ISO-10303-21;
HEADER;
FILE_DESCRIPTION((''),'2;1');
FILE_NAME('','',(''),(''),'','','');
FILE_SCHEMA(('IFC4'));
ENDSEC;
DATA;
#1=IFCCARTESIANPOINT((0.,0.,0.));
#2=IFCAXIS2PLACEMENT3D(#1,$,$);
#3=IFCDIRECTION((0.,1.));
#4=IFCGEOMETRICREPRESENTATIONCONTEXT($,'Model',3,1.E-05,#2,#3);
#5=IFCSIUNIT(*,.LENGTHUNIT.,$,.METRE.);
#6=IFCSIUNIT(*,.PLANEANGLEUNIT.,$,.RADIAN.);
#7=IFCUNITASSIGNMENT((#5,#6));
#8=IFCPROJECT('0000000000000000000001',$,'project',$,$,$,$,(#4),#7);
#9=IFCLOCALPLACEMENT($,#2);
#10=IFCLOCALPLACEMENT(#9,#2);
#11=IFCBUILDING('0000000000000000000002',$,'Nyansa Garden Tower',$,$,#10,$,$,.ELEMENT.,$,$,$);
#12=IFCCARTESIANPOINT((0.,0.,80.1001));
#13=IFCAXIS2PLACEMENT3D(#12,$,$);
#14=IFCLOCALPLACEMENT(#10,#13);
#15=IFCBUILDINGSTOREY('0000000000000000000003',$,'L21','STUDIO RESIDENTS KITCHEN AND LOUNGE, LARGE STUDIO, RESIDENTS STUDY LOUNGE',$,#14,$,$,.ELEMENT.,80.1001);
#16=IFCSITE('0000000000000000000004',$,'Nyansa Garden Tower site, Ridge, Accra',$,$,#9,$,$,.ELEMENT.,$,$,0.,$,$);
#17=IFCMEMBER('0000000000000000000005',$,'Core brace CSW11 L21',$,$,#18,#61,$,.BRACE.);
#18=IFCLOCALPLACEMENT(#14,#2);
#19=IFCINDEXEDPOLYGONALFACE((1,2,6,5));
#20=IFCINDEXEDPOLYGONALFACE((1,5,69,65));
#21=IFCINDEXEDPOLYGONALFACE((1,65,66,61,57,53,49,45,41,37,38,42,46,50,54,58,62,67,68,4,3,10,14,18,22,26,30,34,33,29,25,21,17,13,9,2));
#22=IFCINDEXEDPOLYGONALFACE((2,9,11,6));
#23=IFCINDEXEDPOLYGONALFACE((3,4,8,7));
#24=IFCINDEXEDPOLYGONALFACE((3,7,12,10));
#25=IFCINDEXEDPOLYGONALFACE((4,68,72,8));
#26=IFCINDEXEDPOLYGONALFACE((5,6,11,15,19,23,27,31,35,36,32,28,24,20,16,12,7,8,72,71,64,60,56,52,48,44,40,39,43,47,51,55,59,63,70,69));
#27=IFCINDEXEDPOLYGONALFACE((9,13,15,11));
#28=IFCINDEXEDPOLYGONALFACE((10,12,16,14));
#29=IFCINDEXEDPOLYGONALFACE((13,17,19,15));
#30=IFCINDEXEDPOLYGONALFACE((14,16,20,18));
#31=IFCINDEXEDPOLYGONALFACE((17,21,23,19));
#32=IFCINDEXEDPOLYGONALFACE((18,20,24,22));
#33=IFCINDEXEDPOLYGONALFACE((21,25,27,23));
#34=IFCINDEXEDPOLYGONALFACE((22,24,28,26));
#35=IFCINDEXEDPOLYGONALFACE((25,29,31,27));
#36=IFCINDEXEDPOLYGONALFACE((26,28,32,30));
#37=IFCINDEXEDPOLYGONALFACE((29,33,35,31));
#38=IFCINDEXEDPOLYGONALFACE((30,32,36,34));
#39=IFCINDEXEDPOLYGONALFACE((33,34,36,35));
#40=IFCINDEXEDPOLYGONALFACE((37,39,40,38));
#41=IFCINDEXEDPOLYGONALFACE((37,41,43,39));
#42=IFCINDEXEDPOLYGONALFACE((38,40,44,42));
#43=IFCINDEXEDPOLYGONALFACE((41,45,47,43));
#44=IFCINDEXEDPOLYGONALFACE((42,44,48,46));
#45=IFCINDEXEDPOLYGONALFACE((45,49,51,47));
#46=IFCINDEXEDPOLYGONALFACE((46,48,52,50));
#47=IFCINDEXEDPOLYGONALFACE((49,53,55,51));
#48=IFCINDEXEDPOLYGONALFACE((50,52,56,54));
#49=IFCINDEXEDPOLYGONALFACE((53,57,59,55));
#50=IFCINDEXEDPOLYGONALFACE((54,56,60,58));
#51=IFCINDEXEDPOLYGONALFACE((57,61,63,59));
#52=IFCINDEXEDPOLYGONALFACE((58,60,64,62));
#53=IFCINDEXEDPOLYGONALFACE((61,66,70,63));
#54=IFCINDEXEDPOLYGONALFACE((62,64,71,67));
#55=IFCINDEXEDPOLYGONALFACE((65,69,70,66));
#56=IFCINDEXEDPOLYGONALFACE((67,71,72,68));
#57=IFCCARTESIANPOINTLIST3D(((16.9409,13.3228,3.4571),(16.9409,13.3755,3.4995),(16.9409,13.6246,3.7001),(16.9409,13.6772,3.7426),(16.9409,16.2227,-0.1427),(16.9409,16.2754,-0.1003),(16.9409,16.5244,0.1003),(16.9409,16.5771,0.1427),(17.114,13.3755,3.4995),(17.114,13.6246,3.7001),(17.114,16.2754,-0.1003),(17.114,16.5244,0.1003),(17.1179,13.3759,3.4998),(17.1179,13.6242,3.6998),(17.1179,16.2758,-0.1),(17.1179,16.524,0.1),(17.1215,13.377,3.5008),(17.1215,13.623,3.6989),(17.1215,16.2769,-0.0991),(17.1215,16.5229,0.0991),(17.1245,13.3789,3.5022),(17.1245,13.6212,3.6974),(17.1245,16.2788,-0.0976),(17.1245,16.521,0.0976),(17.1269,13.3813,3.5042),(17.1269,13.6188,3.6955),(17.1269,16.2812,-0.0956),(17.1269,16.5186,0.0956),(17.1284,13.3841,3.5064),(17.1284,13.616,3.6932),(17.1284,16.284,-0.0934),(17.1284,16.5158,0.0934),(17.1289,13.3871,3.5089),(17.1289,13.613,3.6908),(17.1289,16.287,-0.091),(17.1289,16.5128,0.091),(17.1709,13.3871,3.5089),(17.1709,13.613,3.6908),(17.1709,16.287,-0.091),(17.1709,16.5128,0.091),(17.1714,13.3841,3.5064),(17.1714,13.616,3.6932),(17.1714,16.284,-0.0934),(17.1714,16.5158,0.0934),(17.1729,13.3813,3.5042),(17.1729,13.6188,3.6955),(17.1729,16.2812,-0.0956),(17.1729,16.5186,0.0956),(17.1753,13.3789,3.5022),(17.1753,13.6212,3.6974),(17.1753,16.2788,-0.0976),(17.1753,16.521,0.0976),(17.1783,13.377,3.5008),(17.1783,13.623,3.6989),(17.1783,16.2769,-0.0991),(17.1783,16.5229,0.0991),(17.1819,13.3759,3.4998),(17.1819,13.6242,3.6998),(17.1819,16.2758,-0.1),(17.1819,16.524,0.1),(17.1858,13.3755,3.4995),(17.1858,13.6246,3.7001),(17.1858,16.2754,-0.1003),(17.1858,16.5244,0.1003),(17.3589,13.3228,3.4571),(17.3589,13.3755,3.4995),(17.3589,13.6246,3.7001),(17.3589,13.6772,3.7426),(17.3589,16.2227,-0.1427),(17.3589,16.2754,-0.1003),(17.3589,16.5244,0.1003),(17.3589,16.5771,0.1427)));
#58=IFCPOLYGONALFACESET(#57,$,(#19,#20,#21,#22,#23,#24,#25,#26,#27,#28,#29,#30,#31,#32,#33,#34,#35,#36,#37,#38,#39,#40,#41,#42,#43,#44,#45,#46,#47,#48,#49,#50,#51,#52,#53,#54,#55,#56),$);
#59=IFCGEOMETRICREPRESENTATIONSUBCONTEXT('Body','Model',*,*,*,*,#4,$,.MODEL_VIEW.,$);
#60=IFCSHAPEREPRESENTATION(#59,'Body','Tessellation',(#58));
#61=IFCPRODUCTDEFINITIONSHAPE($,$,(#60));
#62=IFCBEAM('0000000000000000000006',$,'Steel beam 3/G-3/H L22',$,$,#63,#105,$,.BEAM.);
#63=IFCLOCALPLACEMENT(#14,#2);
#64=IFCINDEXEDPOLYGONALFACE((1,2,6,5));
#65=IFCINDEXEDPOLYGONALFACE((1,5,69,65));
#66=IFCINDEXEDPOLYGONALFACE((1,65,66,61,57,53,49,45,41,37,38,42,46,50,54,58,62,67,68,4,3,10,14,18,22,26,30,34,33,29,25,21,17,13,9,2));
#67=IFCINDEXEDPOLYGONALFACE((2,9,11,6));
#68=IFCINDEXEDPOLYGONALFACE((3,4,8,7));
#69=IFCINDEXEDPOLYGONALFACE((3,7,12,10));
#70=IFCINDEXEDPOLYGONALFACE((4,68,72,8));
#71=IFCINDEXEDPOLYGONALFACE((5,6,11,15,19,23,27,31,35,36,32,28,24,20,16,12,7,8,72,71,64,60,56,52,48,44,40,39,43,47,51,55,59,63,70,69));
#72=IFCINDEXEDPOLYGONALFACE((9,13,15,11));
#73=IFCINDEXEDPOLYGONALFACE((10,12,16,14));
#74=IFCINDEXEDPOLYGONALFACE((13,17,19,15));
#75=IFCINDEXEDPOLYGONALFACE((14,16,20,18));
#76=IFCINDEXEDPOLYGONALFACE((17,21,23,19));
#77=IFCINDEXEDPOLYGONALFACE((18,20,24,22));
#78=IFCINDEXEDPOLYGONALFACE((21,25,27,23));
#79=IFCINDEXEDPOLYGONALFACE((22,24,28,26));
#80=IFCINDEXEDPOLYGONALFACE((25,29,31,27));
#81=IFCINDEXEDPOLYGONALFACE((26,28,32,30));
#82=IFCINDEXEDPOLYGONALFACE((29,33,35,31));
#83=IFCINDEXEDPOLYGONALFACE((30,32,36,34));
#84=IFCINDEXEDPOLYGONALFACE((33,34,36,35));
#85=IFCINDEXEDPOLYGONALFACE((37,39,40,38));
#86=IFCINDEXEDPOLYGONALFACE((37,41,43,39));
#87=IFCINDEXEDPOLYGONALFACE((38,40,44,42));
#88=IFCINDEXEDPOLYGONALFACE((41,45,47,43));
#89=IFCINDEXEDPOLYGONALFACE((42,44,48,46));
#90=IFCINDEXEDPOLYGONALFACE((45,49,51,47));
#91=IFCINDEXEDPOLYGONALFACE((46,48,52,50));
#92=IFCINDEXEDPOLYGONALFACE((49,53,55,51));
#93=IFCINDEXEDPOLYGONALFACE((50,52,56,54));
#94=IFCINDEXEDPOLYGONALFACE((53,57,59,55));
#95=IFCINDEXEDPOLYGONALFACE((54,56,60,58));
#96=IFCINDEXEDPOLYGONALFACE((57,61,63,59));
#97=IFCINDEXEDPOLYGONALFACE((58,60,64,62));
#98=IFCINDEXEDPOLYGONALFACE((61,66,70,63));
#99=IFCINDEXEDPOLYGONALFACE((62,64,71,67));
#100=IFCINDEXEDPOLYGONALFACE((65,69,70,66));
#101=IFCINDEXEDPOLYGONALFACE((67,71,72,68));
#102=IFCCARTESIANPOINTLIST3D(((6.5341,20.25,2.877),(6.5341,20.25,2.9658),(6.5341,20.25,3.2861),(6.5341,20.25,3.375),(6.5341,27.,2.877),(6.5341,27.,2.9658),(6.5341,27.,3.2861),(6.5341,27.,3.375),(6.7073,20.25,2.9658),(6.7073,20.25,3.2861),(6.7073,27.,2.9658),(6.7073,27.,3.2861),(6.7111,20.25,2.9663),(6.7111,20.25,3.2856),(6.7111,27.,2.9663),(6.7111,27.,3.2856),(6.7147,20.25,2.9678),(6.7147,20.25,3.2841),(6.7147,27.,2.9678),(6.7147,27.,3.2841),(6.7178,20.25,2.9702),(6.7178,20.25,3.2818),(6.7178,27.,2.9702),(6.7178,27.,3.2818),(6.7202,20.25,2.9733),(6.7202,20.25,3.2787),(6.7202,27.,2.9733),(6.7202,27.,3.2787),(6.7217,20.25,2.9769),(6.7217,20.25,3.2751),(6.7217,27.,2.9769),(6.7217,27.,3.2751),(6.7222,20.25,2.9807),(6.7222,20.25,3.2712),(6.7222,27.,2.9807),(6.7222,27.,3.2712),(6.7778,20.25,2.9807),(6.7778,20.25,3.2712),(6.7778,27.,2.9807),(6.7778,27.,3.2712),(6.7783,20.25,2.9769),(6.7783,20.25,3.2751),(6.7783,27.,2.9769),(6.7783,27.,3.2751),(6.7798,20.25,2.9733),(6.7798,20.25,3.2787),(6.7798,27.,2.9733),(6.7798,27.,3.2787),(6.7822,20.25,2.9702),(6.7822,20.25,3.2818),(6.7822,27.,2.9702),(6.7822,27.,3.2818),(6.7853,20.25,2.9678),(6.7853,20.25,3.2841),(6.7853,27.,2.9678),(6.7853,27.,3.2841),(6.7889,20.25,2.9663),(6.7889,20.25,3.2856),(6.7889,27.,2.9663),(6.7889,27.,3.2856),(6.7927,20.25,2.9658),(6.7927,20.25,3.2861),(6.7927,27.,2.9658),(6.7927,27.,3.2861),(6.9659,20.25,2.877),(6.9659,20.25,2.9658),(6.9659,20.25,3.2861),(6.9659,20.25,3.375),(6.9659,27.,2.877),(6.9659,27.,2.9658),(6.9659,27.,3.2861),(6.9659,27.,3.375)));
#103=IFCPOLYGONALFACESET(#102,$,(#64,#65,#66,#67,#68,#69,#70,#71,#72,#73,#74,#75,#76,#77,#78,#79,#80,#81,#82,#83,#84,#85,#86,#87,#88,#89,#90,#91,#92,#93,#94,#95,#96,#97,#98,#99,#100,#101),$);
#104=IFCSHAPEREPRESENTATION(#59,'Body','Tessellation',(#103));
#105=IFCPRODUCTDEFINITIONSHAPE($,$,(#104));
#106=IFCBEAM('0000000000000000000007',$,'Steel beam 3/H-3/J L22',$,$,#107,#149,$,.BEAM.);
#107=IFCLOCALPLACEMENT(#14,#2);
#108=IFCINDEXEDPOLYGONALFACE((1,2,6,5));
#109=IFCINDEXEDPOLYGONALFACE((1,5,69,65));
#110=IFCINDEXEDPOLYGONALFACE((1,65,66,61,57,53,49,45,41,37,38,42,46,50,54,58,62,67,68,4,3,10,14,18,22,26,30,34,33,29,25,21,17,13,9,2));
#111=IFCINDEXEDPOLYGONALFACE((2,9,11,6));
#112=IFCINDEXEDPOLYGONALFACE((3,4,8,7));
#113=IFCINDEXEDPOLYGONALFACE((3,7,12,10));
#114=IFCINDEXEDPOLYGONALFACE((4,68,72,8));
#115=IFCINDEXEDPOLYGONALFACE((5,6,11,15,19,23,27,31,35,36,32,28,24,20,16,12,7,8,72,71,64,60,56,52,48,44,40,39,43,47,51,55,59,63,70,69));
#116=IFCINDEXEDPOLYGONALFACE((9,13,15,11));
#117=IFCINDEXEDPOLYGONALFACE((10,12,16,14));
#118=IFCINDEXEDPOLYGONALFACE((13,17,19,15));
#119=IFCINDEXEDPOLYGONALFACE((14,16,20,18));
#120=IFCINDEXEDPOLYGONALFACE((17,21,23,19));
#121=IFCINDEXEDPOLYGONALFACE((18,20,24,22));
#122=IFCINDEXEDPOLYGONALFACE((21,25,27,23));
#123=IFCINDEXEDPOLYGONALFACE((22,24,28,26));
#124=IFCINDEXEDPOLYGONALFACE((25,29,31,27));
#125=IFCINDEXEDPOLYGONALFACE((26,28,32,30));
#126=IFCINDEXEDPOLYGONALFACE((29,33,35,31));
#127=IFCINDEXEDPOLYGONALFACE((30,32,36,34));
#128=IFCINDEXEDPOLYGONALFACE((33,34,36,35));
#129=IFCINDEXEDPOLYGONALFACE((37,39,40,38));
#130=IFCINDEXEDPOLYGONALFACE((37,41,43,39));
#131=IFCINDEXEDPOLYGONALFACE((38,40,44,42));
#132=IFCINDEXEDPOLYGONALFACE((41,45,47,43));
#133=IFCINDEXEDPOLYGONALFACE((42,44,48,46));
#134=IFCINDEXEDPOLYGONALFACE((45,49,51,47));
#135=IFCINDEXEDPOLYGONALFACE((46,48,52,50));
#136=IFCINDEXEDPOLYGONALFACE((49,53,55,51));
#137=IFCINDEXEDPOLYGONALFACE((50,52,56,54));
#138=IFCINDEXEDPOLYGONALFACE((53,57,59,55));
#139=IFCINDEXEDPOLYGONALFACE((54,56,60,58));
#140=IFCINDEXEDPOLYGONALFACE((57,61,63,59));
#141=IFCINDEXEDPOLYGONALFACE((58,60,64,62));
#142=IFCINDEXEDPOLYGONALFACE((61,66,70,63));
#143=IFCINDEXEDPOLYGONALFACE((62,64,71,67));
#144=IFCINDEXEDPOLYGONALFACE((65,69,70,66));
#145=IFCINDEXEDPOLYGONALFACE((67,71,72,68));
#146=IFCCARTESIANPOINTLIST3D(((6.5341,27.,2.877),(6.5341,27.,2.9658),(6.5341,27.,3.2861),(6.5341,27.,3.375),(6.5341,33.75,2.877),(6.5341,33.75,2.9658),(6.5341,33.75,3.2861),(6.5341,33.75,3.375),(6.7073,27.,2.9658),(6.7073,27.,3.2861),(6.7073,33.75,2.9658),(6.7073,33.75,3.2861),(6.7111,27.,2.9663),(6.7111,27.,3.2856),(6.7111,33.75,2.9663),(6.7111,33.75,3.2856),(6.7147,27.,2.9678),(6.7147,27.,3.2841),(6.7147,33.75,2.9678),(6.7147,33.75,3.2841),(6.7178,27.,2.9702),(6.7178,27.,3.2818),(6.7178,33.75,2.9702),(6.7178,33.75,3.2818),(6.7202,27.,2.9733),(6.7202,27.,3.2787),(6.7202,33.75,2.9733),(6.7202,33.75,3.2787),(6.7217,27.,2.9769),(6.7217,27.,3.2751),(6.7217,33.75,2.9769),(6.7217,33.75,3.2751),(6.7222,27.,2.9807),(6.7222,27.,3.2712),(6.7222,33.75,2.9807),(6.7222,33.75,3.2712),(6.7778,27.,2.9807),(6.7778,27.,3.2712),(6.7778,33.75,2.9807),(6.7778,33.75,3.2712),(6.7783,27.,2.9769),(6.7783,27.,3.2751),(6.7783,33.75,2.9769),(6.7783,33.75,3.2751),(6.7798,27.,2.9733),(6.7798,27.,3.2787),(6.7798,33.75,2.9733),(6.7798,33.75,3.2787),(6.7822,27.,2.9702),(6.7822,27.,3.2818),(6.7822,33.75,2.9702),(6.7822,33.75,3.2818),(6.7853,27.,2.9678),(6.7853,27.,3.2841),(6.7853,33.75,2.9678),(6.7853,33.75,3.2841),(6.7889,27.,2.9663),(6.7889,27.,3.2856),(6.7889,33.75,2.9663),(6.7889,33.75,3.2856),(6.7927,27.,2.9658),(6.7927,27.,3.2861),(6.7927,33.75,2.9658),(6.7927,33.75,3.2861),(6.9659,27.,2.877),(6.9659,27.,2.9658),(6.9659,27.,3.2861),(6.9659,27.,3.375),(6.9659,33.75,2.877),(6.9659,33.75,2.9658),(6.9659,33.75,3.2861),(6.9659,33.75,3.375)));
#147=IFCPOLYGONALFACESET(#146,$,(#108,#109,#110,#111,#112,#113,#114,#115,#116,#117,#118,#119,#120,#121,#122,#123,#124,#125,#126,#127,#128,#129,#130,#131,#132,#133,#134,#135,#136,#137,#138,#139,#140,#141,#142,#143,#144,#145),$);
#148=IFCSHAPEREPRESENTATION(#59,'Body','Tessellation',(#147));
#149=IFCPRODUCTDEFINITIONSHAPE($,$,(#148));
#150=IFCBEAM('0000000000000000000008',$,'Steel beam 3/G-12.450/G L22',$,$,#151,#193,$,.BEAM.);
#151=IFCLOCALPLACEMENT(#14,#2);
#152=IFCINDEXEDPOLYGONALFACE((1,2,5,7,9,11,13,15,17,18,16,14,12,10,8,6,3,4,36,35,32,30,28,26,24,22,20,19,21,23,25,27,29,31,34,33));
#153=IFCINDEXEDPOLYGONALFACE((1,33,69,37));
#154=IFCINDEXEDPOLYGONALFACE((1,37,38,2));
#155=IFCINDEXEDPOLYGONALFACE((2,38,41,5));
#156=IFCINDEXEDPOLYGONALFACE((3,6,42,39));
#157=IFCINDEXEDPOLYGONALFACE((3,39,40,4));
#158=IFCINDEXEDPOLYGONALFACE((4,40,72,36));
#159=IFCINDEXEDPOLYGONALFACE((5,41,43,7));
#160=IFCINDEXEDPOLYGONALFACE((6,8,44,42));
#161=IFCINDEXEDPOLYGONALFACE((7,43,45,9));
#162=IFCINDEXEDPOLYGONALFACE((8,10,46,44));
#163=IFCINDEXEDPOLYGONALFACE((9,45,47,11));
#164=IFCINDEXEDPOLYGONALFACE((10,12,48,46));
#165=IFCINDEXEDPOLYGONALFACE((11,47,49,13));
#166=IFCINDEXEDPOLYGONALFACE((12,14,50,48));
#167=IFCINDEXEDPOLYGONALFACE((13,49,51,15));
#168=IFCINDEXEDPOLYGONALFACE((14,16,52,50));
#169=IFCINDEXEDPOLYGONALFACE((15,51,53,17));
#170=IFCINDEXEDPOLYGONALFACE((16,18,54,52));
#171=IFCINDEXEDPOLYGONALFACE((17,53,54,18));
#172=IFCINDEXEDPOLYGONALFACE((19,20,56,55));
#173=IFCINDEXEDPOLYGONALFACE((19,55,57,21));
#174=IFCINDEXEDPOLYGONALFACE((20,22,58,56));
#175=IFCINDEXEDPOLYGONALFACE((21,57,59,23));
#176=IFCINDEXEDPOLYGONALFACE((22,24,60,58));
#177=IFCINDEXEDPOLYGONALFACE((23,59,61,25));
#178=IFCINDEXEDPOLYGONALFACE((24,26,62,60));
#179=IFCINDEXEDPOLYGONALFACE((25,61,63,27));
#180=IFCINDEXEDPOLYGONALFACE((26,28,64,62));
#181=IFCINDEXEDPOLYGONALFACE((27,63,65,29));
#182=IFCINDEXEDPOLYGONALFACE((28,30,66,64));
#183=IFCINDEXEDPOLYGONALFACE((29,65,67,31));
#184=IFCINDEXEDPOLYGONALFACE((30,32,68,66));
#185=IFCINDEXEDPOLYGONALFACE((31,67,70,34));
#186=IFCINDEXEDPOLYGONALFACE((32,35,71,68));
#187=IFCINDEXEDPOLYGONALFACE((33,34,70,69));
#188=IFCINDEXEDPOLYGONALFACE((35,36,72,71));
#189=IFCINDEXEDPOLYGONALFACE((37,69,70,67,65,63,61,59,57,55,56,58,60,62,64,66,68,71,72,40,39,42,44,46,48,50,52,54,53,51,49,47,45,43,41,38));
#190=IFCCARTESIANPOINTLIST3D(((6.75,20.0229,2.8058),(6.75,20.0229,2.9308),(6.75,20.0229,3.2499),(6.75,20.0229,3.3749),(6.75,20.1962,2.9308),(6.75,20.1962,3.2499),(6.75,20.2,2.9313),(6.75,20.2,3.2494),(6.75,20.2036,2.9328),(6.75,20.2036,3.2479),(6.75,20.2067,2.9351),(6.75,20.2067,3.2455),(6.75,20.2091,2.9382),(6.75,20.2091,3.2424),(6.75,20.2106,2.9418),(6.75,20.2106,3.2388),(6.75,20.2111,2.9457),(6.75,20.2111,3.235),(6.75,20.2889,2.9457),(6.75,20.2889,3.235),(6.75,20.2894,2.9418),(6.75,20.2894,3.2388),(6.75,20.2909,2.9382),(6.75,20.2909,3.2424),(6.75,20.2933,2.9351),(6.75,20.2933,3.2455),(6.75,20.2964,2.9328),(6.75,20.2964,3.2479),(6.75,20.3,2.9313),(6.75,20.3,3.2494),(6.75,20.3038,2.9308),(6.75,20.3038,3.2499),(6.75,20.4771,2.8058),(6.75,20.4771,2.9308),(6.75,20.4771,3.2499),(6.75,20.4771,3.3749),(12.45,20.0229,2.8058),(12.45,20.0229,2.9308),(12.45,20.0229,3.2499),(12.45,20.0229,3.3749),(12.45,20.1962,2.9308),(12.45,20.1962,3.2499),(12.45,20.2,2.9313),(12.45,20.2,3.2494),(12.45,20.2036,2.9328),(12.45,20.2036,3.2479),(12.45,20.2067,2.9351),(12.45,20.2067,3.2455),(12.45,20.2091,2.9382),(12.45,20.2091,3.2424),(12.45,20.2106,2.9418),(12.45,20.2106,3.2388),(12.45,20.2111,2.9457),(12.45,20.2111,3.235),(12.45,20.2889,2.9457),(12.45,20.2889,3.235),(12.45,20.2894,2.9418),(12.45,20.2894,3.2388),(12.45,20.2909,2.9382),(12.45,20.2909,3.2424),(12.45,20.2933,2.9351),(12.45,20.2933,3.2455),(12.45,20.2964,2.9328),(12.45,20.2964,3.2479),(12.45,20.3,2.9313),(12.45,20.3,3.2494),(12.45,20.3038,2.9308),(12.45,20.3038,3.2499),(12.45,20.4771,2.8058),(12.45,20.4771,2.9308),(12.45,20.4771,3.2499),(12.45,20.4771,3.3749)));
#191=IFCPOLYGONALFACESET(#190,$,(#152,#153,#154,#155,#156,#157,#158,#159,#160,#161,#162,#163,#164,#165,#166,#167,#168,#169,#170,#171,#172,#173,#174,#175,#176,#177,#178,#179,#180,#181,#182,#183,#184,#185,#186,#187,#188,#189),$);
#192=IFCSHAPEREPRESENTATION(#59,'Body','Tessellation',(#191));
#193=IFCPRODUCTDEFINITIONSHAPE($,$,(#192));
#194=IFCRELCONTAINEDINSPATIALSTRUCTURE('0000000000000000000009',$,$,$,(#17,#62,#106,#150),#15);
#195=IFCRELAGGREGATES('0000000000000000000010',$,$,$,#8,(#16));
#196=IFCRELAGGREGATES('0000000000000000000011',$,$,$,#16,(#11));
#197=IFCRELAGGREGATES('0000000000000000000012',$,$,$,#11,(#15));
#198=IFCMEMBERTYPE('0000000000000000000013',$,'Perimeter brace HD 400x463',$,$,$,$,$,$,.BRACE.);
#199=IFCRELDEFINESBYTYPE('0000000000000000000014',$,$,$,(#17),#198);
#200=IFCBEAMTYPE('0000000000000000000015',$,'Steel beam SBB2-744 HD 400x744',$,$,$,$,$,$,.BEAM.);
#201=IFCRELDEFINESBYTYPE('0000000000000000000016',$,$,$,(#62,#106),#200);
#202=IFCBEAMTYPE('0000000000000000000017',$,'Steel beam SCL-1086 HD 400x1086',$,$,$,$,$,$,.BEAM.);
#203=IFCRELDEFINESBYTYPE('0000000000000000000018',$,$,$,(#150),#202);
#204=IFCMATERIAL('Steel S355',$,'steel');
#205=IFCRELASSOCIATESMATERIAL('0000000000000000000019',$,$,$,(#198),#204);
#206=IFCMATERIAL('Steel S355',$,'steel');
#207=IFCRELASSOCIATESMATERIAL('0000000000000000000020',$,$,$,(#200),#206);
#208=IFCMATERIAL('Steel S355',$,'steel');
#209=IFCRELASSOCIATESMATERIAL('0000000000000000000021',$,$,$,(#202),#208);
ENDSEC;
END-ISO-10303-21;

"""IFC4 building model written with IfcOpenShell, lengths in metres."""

from ifc_helpers import new_model, si_unit, direction, frame, origin, origin_2d, place, context, subcontext, project, spatial, i_section, extrude, material, material_profile, profile_set, type_object, element, save


model = new_model("IFC4")

# Units and contexts
model_context = context("Model", 3, precision=1e-05, world=origin(), true_north=direction((0.0, 1.0)))
body_context = subcontext(model_context, "Body", "Model", "MODEL_VIEW")
ifc_project = project(units=[si_unit("LENGTHUNIT", "METRE"), si_unit("PLANEANGLEUNIT", "RADIAN")], contexts=[model_context])

# Site, building, storey
site_placement = place(None, origin())
site = spatial("IfcSite", under=ifc_project, at=site_placement, Name="Nyansa Garden Tower site, Ridge, Accra", CompositionType="ELEMENT", RefElevation=0.0)
building_placement = place(site_placement, origin())
building = spatial("IfcBuilding", under=site, at=building_placement, Name="Nyansa Garden Tower", CompositionType="ELEMENT")
storey_placement = place(building_placement, frame((0.0, 0.0, 80.1001)))
storey = spatial("IfcBuildingStorey", under=building, at=storey_placement, Name="L21", Description="STUDIO RESIDENTS KITCHEN AND LOUNGE, LARGE STUDIO, RESIDENTS STUDY LOUNGE", CompositionType="ELEMENT", Elevation=80.1001)

# Member
ifc_material_1 = material(Name="Steel S355", Category="steel")
ifc_material_profile_1 = material_profile(ifc_material_1, i_section(OverallWidth=0.418, OverallDepth=0.4551, WebThickness=0.042, FlangeThickness=0.0676, FilletRadius=0.0149, at=origin_2d()), Name="HD 400x463")
ifc_profile_set_1 = profile_set([ifc_material_profile_1], Name="Steel S355")
member_type = type_object("IfcMemberType", Name="Perimeter brace HD 400x463", PredefinedType="BRACE", material=ifc_profile_set_1)
member_1_placement = place(storey_placement, frame((17.1499, 16.3999, 0.0), z_axis=(0.0, -0.627332, 0.778752), x_axis=(1.0, 0.0, 0.0)))
element("IfcMember", 1, at=member_1_placement, inside=storey, type_object=member_type, Name="Core brace CSW11 L21", PredefinedType="BRACE", context=body_context, shape_type="SweptSolid", body=[
    extrude(i_section(OverallWidth=0.418, OverallDepth=0.4551, WebThickness=0.042, FlangeThickness=0.0676, FilletRadius=0.0149, at=origin_2d()), origin(), (0.0, 0.0, 1.0), 4.6226),
])

# Beams
ifc_material_2 = material(Name="Steel S355", Category="steel")
ifc_material_profile_2 = material_profile(ifc_material_2, i_section(OverallWidth=0.4319, OverallDepth=0.498, WebThickness=0.0557, FlangeThickness=0.0889, FilletRadius=0.0149, at=origin_2d()), Name="HD 400x744")
ifc_profile_set_2 = profile_set([ifc_material_profile_2], Name="Steel S355")
beam_type_1 = type_object("IfcBeamType", Name="Steel beam SBB2-744 HD 400x744", PredefinedType="BEAM", material=ifc_profile_set_2)
for number, where, z_axis, x_axis, name in (
    (2, (6.75, 20.25, 3.126), (0.0, 1.0, 0.0), (-1.0, 0.0, 0.0), "Steel beam 3/G-3/H L22"),
    (3, (6.75, 27.0, 3.126), (0.0, 1.0, 0.0), (-1.0, 0.0, 0.0), "Steel beam 3/H-3/J L22"),
):
    element("IfcBeam", number, at=place(storey_placement, frame(where, z_axis=z_axis, x_axis=x_axis)), inside=storey, type_object=beam_type_1, Name=name, PredefinedType="BEAM", context=body_context, shape_type="SweptSolid", body=[
        extrude(i_section(OverallWidth=0.4319, OverallDepth=0.498, WebThickness=0.0557, FlangeThickness=0.0889, FilletRadius=0.0149, at=origin_2d()), origin(), (0.0, 0.0, 1.0), 6.75),
    ])
ifc_material_3 = material(Name="Steel S355", Category="steel")
ifc_material_profile_3 = material_profile(ifc_material_3, i_section(OverallWidth=0.4541, OverallDepth=0.5691, WebThickness=0.0779, FlangeThickness=0.125, FilletRadius=0.0149, at=origin_2d()), Name="HD 400x1086")
ifc_profile_set_3 = profile_set([ifc_material_profile_3], Name="Steel S355")
beam_type_2 = type_object("IfcBeamType", Name="Steel beam SCL-1086 HD 400x1086", PredefinedType="BEAM", material=ifc_profile_set_3)
for number, where, z_axis, x_axis, name in (
    (4, (6.75, 20.25, 3.0903), (1.0, 0.0, 0.0), (0.0, 1.0, 0.0), "Steel beam 3/G-12.450/G L22"),
):
    element("IfcBeam", number, at=place(storey_placement, frame(where, z_axis=z_axis, x_axis=x_axis)), inside=storey, type_object=beam_type_2, Name=name, PredefinedType="BEAM", context=body_context, shape_type="SweptSolid", body=[
        extrude(i_section(OverallWidth=0.4541, OverallDepth=0.5691, WebThickness=0.0779, FlangeThickness=0.125, FilletRadius=0.0149, at=origin_2d()), origin(), (0.0, 0.0, 1.0), 5.7),
    ])

save(model, "model.ifc")
